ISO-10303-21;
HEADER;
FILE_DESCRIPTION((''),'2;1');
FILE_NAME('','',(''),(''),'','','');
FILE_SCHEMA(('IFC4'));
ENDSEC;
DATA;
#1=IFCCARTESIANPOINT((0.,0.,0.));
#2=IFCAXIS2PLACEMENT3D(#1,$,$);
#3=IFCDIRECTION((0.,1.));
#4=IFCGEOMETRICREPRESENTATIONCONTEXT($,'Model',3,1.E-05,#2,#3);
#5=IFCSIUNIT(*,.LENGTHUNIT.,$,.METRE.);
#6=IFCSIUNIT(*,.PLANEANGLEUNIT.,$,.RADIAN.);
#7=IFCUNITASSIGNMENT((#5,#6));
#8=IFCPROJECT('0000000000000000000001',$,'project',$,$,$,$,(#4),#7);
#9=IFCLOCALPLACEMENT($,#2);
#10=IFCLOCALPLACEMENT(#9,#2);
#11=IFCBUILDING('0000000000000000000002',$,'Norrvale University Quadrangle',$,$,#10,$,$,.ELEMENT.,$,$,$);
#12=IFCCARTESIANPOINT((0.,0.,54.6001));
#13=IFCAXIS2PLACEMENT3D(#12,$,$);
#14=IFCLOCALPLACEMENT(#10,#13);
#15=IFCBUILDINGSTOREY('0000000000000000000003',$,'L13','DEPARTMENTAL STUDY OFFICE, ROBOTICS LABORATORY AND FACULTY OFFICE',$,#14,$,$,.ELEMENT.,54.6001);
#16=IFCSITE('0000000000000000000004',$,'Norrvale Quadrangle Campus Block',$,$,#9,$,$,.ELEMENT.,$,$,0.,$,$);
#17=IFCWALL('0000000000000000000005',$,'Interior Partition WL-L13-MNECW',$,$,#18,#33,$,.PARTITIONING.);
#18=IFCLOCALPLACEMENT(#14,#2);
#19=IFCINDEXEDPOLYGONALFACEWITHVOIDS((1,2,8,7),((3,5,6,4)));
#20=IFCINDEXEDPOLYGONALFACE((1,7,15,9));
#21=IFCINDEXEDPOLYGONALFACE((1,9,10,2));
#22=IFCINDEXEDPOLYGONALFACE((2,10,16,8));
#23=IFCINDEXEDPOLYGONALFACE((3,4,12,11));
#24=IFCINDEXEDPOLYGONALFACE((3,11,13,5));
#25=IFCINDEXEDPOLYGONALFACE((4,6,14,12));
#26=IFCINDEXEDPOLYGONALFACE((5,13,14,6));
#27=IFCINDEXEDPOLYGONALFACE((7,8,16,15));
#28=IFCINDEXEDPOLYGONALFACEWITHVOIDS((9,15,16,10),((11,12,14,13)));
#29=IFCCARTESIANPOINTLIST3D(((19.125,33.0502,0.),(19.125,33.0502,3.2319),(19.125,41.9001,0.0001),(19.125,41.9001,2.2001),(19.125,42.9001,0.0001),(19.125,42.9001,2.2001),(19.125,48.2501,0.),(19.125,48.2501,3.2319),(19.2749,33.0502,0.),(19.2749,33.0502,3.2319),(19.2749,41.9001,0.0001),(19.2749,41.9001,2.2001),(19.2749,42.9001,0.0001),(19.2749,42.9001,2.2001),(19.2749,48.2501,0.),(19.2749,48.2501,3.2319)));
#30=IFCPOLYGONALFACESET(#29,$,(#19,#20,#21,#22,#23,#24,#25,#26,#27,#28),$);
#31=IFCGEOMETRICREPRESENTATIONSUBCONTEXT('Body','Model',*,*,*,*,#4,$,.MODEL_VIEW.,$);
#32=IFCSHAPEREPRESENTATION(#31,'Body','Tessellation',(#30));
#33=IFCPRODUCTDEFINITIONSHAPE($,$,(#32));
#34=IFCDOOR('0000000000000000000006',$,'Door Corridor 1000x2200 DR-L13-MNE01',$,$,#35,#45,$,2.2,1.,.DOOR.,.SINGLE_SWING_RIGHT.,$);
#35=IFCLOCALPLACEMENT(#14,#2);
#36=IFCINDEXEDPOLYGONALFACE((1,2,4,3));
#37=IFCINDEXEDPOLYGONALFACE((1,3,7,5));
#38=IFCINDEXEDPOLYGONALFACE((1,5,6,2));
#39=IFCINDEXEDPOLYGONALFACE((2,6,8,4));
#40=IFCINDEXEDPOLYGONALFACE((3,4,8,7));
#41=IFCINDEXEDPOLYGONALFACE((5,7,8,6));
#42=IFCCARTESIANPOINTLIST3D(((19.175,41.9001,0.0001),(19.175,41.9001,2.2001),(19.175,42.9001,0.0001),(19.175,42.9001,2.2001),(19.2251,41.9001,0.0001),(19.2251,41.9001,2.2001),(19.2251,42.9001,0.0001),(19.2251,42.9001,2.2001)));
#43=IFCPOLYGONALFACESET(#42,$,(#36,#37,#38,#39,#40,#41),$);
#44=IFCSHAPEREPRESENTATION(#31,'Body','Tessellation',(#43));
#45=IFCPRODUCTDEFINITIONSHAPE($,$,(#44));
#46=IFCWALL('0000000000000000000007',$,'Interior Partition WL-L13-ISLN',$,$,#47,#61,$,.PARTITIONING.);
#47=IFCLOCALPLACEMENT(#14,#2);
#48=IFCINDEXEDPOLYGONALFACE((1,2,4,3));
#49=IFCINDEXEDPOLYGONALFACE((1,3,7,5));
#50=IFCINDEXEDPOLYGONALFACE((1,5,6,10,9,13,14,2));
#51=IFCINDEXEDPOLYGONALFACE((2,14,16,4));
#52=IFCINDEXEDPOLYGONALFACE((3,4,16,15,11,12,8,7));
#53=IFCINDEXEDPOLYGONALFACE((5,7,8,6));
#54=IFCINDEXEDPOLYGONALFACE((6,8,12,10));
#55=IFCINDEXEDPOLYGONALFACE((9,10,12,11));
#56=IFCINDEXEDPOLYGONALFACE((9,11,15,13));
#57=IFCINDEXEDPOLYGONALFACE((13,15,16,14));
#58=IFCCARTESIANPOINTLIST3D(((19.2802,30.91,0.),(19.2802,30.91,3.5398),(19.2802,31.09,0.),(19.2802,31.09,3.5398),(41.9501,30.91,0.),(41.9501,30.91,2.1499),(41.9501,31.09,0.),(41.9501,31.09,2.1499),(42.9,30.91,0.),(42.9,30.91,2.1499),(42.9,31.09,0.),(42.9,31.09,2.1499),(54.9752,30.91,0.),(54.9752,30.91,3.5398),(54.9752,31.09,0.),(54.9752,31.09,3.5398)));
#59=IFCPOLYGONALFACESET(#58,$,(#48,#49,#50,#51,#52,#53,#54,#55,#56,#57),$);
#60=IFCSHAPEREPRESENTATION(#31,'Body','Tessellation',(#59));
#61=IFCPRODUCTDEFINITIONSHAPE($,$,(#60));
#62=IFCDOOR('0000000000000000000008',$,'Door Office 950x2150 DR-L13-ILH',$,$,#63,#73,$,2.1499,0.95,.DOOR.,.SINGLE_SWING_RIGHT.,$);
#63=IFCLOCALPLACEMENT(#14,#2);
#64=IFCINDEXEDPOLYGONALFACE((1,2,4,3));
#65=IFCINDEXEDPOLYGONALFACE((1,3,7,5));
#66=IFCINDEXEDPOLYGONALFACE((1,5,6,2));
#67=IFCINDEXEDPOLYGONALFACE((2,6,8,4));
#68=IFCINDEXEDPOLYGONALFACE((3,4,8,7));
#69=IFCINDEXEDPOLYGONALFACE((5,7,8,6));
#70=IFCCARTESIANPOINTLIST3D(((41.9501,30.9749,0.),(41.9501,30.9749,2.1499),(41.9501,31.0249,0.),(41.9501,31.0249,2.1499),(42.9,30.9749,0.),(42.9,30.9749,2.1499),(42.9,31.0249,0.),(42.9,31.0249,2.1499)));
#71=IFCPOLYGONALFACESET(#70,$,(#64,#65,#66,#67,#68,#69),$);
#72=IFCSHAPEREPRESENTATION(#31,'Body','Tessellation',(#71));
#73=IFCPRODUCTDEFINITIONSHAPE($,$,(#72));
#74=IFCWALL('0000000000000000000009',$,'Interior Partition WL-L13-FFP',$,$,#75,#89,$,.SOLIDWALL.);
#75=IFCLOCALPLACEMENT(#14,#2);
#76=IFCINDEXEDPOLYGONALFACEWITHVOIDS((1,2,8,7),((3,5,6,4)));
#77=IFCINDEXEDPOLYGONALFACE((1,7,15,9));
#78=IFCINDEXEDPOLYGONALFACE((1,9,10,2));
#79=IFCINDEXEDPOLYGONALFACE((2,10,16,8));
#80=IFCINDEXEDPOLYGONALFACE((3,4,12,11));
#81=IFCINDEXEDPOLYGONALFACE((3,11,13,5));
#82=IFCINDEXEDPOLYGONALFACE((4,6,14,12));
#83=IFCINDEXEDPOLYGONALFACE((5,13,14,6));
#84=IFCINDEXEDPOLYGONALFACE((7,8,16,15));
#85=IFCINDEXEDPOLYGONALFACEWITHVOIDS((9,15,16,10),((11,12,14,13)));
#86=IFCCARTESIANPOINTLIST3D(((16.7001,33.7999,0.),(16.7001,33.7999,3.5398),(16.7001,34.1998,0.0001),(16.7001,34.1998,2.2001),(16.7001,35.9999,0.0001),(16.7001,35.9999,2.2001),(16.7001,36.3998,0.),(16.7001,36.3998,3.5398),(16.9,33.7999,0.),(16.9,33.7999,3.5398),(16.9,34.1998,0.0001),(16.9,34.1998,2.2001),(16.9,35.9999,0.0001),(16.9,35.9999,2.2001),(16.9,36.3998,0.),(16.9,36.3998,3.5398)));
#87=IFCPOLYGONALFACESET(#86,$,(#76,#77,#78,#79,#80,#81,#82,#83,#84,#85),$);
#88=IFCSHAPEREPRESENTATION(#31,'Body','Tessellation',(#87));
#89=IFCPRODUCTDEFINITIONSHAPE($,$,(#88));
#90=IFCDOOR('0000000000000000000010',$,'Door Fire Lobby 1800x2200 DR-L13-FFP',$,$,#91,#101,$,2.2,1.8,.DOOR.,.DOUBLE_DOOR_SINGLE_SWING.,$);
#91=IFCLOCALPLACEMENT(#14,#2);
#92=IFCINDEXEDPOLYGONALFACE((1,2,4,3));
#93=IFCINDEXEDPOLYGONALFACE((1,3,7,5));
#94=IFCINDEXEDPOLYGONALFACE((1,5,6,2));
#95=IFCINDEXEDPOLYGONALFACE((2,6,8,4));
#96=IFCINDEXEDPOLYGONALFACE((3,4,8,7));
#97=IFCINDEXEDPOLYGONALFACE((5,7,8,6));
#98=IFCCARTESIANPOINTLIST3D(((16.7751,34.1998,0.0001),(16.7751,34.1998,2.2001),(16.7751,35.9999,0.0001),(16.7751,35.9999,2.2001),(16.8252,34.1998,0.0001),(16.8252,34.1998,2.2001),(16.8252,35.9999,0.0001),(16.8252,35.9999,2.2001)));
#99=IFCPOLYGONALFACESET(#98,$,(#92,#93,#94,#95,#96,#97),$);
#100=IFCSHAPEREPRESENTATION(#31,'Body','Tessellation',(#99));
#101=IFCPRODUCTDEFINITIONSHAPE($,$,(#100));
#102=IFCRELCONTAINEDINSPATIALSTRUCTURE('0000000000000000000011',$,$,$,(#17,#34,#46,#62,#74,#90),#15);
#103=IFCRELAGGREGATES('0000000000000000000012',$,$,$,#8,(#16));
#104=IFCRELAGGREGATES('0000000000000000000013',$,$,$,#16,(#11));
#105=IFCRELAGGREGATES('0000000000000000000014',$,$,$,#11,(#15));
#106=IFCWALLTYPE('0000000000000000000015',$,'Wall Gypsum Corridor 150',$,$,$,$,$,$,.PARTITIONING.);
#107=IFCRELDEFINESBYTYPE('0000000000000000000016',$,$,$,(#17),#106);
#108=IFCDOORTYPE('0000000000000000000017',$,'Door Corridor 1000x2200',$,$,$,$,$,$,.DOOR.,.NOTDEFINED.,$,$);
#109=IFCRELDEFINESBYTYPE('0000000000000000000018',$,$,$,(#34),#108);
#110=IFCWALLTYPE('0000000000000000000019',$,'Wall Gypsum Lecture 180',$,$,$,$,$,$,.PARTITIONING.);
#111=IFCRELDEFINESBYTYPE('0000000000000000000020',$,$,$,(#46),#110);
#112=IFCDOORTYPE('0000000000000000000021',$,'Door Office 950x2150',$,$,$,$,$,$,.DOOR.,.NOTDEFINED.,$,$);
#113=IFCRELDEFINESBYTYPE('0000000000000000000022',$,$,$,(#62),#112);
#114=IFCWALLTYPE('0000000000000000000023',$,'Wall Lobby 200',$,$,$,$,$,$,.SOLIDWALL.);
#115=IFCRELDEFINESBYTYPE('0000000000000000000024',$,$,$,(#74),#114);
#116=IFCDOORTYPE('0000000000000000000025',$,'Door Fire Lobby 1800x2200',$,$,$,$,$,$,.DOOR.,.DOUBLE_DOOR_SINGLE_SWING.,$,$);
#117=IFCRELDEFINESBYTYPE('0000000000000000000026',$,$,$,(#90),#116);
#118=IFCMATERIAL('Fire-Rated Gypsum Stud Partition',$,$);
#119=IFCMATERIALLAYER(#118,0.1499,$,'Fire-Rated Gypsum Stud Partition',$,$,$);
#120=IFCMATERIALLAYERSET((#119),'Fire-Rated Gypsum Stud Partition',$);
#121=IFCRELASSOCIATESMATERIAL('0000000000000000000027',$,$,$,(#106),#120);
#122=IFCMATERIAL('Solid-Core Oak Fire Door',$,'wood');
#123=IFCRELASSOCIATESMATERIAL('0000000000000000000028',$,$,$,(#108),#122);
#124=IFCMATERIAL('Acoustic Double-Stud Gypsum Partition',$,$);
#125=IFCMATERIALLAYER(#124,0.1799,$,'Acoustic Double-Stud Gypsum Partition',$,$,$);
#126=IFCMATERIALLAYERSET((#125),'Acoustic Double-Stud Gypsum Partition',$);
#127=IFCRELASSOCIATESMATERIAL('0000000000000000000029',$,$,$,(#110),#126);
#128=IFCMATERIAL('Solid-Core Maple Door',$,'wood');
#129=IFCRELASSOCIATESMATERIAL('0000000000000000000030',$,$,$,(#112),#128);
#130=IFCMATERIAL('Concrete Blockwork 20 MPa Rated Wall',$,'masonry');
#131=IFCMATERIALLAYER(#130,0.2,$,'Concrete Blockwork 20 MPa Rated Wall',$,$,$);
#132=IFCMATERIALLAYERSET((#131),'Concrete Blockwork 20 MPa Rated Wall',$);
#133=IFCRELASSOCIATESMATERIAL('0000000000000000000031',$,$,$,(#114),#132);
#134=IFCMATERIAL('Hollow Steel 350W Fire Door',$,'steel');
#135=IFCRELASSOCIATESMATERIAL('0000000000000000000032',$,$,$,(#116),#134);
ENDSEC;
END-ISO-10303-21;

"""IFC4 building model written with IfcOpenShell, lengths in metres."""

from ifc_helpers import new_model, si_unit, direction, frame, frame_2d, origin, place, context, subcontext, project, spatial, rectangle, extrude, material, layer, layer_set, type_object, element, fill, save


model = new_model("IFC4")

# Units and contexts
model_context = context("Model", 3, precision=1e-05, world=origin(), true_north=direction((0.0, 1.0)))
body_context = subcontext(model_context, "Body", "Model", "MODEL_VIEW")
ifc_project = project(units=[si_unit("LENGTHUNIT", "METRE"), si_unit("PLANEANGLEUNIT", "RADIAN")], contexts=[model_context])

# Site, building, storey
site_placement = place(None, origin())
site = spatial("IfcSite", under=ifc_project, at=site_placement, Name="Norrvale Quadrangle Campus Block", CompositionType="ELEMENT", RefElevation=0.0)
building_placement = place(site_placement, origin())
building = spatial("IfcBuilding", under=site, at=building_placement, Name="Norrvale University Quadrangle", CompositionType="ELEMENT")
storey_placement = place(building_placement, frame((0.0, 0.0, 54.6001)))
storey = spatial("IfcBuildingStorey", under=building, at=storey_placement, Name="L13", Description="DEPARTMENTAL STUDY OFFICE, ROBOTICS LABORATORY AND FACULTY OFFICE", CompositionType="ELEMENT", Elevation=54.6001)

# Walls, openings, doors
ifc_material_1 = material(Name="Fire-Rated Gypsum Stud Partition")
ifc_layer_1 = layer(ifc_material_1, 0.1499, Name="Fire-Rated Gypsum Stud Partition")
ifc_layer_set_1 = layer_set([ifc_layer_1], Name="Fire-Rated Gypsum Stud Partition")
wall_type_1 = type_object("IfcWallType", Name="Wall Gypsum Corridor 150", PredefinedType="PARTITIONING", material=ifc_layer_set_1)
wall_1_placement = place(storey_placement, frame((19.2, 33.05, 0.0), z_axis=(0.0, 0.0, 1.0), x_axis=(0.0, 1.0, 0.0)))
wall_1 = element("IfcWall", 1, at=wall_1_placement, inside=storey, type_object=wall_type_1, Name="Interior Partition WL-L13-MNECW", PredefinedType="PARTITIONING", context=body_context, shape_type="SweptSolid", body=[
    extrude(rectangle(XDim=15.2, YDim=0.1499, at=frame_2d((7.6001, 0.0))), origin(), (0.0, 0.0, 1.0), 3.2319),
])
opening_1_placement = place(wall_1_placement, frame((8.8501, 0.0, 0.0)))
opening_1 = element("IfcOpeningElement", 2, at=opening_1_placement, cuts=wall_1, PredefinedType="OPENING", context=body_context, shape_type="SweptSolid", body=[
    extrude(rectangle(XDim=1.0, YDim=2.2, at=frame_2d((0.5, 1.1001))), frame((0.0, 0.0869, 0.0), z_axis=(0.0, -1.0, 0.0), x_axis=(1.0, 0.0, 0.0)), (0.0, 0.0, 1.0), 0.1738),
])
ifc_material_2 = material(Name="Solid-Core Oak Fire Door", Category="wood")
door_type_1 = type_object("IfcDoorType", Name="Door Corridor 1000x2200", OperationType="NOTDEFINED", PredefinedType="DOOR", material=ifc_material_2)
door_1_placement = place(opening_1_placement, origin())
door_1 = element("IfcDoor", 3, at=door_1_placement, inside=storey, type_object=door_type_1, Name="Door Corridor 1000x2200 DR-L13-MNE01", OperationType="SINGLE_SWING_RIGHT", OverallHeight=2.2, OverallWidth=1.0, PredefinedType="DOOR", context=body_context, shape_type="SweptSolid", body=[
    extrude(rectangle(XDim=1.0, YDim=2.2, at=frame_2d((0.5, 1.1001))), frame((0.0, 0.0249, 0.0), z_axis=(0.0, -1.0, 0.0), x_axis=(1.0, 0.0, 0.0)), (0.0, 0.0, 1.0), 0.05),
])
fill(opening_1, door_1)
ifc_material_3 = material(Name="Acoustic Double-Stud Gypsum Partition")
ifc_layer_2 = layer(ifc_material_3, 0.1799, Name="Acoustic Double-Stud Gypsum Partition")
ifc_layer_set_2 = layer_set([ifc_layer_2], Name="Acoustic Double-Stud Gypsum Partition")
wall_type_2 = type_object("IfcWallType", Name="Wall Gypsum Lecture 180", PredefinedType="PARTITIONING", material=ifc_layer_set_2)
wall_2_placement = place(storey_placement, frame((19.28, 31.0, 0.0), z_axis=(0.0, 0.0, 1.0), x_axis=(1.0, 0.0, 0.0)))
wall_2 = element("IfcWall", 4, at=wall_2_placement, inside=storey, type_object=wall_type_2, Name="Interior Partition WL-L13-ISLN", PredefinedType="PARTITIONING", context=body_context, shape_type="SweptSolid", body=[
    extrude(rectangle(XDim=35.6951, YDim=0.1799, at=frame_2d((17.8477, 0.0))), origin(), (0.0, 0.0, 1.0), 3.5398),
])
opening_2_placement = place(wall_2_placement, frame((22.6699, 0.0, 0.0)))
opening_2 = element("IfcOpeningElement", 5, at=opening_2_placement, cuts=wall_2, PredefinedType="OPENING", context=body_context, shape_type="SweptSolid", body=[
    extrude(rectangle(XDim=0.95, YDim=2.1499, at=frame_2d((0.4751, 1.075))), frame((0.0, 0.1021, 0.0), z_axis=(0.0, -1.0, 0.0), x_axis=(1.0, 0.0, 0.0)), (0.0, 0.0, 1.0), 0.2039),
])
ifc_material_4 = material(Name="Solid-Core Maple Door", Category="wood")
door_type_2 = type_object("IfcDoorType", Name="Door Office 950x2150", OperationType="NOTDEFINED", PredefinedType="DOOR", material=ifc_material_4)
door_2_placement = place(opening_2_placement, origin())
door_2 = element("IfcDoor", 6, at=door_2_placement, inside=storey, type_object=door_type_2, Name="Door Office 950x2150 DR-L13-ILH", OperationType="SINGLE_SWING_RIGHT", OverallHeight=2.1499, OverallWidth=0.95, PredefinedType="DOOR", context=body_context, shape_type="SweptSolid", body=[
    extrude(rectangle(XDim=0.95, YDim=2.1499, at=frame_2d((0.4751, 1.075))), frame((0.0, 0.0249, 0.0), z_axis=(0.0, -1.0, 0.0), x_axis=(1.0, 0.0, 0.0)), (0.0, 0.0, 1.0), 0.05),
])
fill(opening_2, door_2)
ifc_material_5 = material(Name="Concrete Blockwork 20 MPa Rated Wall", Category="masonry")
ifc_layer_3 = layer(ifc_material_5, 0.2, Name="Concrete Blockwork 20 MPa Rated Wall")
ifc_layer_set_3 = layer_set([ifc_layer_3], Name="Concrete Blockwork 20 MPa Rated Wall")
wall_type_3 = type_object("IfcWallType", Name="Wall Lobby 200", PredefinedType="SOLIDWALL", material=ifc_layer_set_3)
wall_3_placement = place(storey_placement, frame((16.8, 33.8, 0.0), z_axis=(0.0, 0.0, 1.0), x_axis=(0.0, 1.0, 0.0)))
wall_3 = element("IfcWall", 7, at=wall_3_placement, inside=storey, type_object=wall_type_3, Name="Interior Partition WL-L13-FFP", PredefinedType="SOLIDWALL", context=body_context, shape_type="SweptSolid", body=[
    extrude(rectangle(XDim=2.5999, YDim=0.2, at=frame_2d((1.2998, 0.0))), origin(), (0.0, 0.0, 1.0), 3.5398),
])
opening_3_placement = place(wall_3_placement, frame((0.3999, 0.0, 0.0)))
opening_3 = element("IfcOpeningElement", 8, at=opening_3_placement, cuts=wall_3, PredefinedType="OPENING", context=body_context, shape_type="SweptSolid", body=[
    extrude(rectangle(XDim=1.8, YDim=2.2, at=frame_2d((0.8999, 1.1001))), frame((0.0, 0.1121, 0.0), z_axis=(0.0, -1.0, 0.0), x_axis=(1.0, 0.0, 0.0)), (0.0, 0.0, 1.0), 0.2239),
])
ifc_material_6 = material(Name="Hollow Steel 350W Fire Door", Category="steel")
door_type_3 = type_object("IfcDoorType", Name="Door Fire Lobby 1800x2200", OperationType="DOUBLE_DOOR_SINGLE_SWING", PredefinedType="DOOR", material=ifc_material_6)
door_3_placement = place(opening_3_placement, origin())
door_3 = element("IfcDoor", 9, at=door_3_placement, inside=storey, type_object=door_type_3, Name="Door Fire Lobby 1800x2200 DR-L13-FFP", OperationType="DOUBLE_DOOR_SINGLE_SWING", OverallHeight=2.2, OverallWidth=1.8, PredefinedType="DOOR", context=body_context, shape_type="SweptSolid", body=[
    extrude(rectangle(XDim=1.8, YDim=2.2, at=frame_2d((0.8999, 1.1001))), frame((0.0, 0.0249, 0.0), z_axis=(0.0, -1.0, 0.0), x_axis=(1.0, 0.0, 0.0)), (0.0, 0.0, 1.0), 0.05),
])
fill(opening_3, door_3)

save(model, "model.ifc")
